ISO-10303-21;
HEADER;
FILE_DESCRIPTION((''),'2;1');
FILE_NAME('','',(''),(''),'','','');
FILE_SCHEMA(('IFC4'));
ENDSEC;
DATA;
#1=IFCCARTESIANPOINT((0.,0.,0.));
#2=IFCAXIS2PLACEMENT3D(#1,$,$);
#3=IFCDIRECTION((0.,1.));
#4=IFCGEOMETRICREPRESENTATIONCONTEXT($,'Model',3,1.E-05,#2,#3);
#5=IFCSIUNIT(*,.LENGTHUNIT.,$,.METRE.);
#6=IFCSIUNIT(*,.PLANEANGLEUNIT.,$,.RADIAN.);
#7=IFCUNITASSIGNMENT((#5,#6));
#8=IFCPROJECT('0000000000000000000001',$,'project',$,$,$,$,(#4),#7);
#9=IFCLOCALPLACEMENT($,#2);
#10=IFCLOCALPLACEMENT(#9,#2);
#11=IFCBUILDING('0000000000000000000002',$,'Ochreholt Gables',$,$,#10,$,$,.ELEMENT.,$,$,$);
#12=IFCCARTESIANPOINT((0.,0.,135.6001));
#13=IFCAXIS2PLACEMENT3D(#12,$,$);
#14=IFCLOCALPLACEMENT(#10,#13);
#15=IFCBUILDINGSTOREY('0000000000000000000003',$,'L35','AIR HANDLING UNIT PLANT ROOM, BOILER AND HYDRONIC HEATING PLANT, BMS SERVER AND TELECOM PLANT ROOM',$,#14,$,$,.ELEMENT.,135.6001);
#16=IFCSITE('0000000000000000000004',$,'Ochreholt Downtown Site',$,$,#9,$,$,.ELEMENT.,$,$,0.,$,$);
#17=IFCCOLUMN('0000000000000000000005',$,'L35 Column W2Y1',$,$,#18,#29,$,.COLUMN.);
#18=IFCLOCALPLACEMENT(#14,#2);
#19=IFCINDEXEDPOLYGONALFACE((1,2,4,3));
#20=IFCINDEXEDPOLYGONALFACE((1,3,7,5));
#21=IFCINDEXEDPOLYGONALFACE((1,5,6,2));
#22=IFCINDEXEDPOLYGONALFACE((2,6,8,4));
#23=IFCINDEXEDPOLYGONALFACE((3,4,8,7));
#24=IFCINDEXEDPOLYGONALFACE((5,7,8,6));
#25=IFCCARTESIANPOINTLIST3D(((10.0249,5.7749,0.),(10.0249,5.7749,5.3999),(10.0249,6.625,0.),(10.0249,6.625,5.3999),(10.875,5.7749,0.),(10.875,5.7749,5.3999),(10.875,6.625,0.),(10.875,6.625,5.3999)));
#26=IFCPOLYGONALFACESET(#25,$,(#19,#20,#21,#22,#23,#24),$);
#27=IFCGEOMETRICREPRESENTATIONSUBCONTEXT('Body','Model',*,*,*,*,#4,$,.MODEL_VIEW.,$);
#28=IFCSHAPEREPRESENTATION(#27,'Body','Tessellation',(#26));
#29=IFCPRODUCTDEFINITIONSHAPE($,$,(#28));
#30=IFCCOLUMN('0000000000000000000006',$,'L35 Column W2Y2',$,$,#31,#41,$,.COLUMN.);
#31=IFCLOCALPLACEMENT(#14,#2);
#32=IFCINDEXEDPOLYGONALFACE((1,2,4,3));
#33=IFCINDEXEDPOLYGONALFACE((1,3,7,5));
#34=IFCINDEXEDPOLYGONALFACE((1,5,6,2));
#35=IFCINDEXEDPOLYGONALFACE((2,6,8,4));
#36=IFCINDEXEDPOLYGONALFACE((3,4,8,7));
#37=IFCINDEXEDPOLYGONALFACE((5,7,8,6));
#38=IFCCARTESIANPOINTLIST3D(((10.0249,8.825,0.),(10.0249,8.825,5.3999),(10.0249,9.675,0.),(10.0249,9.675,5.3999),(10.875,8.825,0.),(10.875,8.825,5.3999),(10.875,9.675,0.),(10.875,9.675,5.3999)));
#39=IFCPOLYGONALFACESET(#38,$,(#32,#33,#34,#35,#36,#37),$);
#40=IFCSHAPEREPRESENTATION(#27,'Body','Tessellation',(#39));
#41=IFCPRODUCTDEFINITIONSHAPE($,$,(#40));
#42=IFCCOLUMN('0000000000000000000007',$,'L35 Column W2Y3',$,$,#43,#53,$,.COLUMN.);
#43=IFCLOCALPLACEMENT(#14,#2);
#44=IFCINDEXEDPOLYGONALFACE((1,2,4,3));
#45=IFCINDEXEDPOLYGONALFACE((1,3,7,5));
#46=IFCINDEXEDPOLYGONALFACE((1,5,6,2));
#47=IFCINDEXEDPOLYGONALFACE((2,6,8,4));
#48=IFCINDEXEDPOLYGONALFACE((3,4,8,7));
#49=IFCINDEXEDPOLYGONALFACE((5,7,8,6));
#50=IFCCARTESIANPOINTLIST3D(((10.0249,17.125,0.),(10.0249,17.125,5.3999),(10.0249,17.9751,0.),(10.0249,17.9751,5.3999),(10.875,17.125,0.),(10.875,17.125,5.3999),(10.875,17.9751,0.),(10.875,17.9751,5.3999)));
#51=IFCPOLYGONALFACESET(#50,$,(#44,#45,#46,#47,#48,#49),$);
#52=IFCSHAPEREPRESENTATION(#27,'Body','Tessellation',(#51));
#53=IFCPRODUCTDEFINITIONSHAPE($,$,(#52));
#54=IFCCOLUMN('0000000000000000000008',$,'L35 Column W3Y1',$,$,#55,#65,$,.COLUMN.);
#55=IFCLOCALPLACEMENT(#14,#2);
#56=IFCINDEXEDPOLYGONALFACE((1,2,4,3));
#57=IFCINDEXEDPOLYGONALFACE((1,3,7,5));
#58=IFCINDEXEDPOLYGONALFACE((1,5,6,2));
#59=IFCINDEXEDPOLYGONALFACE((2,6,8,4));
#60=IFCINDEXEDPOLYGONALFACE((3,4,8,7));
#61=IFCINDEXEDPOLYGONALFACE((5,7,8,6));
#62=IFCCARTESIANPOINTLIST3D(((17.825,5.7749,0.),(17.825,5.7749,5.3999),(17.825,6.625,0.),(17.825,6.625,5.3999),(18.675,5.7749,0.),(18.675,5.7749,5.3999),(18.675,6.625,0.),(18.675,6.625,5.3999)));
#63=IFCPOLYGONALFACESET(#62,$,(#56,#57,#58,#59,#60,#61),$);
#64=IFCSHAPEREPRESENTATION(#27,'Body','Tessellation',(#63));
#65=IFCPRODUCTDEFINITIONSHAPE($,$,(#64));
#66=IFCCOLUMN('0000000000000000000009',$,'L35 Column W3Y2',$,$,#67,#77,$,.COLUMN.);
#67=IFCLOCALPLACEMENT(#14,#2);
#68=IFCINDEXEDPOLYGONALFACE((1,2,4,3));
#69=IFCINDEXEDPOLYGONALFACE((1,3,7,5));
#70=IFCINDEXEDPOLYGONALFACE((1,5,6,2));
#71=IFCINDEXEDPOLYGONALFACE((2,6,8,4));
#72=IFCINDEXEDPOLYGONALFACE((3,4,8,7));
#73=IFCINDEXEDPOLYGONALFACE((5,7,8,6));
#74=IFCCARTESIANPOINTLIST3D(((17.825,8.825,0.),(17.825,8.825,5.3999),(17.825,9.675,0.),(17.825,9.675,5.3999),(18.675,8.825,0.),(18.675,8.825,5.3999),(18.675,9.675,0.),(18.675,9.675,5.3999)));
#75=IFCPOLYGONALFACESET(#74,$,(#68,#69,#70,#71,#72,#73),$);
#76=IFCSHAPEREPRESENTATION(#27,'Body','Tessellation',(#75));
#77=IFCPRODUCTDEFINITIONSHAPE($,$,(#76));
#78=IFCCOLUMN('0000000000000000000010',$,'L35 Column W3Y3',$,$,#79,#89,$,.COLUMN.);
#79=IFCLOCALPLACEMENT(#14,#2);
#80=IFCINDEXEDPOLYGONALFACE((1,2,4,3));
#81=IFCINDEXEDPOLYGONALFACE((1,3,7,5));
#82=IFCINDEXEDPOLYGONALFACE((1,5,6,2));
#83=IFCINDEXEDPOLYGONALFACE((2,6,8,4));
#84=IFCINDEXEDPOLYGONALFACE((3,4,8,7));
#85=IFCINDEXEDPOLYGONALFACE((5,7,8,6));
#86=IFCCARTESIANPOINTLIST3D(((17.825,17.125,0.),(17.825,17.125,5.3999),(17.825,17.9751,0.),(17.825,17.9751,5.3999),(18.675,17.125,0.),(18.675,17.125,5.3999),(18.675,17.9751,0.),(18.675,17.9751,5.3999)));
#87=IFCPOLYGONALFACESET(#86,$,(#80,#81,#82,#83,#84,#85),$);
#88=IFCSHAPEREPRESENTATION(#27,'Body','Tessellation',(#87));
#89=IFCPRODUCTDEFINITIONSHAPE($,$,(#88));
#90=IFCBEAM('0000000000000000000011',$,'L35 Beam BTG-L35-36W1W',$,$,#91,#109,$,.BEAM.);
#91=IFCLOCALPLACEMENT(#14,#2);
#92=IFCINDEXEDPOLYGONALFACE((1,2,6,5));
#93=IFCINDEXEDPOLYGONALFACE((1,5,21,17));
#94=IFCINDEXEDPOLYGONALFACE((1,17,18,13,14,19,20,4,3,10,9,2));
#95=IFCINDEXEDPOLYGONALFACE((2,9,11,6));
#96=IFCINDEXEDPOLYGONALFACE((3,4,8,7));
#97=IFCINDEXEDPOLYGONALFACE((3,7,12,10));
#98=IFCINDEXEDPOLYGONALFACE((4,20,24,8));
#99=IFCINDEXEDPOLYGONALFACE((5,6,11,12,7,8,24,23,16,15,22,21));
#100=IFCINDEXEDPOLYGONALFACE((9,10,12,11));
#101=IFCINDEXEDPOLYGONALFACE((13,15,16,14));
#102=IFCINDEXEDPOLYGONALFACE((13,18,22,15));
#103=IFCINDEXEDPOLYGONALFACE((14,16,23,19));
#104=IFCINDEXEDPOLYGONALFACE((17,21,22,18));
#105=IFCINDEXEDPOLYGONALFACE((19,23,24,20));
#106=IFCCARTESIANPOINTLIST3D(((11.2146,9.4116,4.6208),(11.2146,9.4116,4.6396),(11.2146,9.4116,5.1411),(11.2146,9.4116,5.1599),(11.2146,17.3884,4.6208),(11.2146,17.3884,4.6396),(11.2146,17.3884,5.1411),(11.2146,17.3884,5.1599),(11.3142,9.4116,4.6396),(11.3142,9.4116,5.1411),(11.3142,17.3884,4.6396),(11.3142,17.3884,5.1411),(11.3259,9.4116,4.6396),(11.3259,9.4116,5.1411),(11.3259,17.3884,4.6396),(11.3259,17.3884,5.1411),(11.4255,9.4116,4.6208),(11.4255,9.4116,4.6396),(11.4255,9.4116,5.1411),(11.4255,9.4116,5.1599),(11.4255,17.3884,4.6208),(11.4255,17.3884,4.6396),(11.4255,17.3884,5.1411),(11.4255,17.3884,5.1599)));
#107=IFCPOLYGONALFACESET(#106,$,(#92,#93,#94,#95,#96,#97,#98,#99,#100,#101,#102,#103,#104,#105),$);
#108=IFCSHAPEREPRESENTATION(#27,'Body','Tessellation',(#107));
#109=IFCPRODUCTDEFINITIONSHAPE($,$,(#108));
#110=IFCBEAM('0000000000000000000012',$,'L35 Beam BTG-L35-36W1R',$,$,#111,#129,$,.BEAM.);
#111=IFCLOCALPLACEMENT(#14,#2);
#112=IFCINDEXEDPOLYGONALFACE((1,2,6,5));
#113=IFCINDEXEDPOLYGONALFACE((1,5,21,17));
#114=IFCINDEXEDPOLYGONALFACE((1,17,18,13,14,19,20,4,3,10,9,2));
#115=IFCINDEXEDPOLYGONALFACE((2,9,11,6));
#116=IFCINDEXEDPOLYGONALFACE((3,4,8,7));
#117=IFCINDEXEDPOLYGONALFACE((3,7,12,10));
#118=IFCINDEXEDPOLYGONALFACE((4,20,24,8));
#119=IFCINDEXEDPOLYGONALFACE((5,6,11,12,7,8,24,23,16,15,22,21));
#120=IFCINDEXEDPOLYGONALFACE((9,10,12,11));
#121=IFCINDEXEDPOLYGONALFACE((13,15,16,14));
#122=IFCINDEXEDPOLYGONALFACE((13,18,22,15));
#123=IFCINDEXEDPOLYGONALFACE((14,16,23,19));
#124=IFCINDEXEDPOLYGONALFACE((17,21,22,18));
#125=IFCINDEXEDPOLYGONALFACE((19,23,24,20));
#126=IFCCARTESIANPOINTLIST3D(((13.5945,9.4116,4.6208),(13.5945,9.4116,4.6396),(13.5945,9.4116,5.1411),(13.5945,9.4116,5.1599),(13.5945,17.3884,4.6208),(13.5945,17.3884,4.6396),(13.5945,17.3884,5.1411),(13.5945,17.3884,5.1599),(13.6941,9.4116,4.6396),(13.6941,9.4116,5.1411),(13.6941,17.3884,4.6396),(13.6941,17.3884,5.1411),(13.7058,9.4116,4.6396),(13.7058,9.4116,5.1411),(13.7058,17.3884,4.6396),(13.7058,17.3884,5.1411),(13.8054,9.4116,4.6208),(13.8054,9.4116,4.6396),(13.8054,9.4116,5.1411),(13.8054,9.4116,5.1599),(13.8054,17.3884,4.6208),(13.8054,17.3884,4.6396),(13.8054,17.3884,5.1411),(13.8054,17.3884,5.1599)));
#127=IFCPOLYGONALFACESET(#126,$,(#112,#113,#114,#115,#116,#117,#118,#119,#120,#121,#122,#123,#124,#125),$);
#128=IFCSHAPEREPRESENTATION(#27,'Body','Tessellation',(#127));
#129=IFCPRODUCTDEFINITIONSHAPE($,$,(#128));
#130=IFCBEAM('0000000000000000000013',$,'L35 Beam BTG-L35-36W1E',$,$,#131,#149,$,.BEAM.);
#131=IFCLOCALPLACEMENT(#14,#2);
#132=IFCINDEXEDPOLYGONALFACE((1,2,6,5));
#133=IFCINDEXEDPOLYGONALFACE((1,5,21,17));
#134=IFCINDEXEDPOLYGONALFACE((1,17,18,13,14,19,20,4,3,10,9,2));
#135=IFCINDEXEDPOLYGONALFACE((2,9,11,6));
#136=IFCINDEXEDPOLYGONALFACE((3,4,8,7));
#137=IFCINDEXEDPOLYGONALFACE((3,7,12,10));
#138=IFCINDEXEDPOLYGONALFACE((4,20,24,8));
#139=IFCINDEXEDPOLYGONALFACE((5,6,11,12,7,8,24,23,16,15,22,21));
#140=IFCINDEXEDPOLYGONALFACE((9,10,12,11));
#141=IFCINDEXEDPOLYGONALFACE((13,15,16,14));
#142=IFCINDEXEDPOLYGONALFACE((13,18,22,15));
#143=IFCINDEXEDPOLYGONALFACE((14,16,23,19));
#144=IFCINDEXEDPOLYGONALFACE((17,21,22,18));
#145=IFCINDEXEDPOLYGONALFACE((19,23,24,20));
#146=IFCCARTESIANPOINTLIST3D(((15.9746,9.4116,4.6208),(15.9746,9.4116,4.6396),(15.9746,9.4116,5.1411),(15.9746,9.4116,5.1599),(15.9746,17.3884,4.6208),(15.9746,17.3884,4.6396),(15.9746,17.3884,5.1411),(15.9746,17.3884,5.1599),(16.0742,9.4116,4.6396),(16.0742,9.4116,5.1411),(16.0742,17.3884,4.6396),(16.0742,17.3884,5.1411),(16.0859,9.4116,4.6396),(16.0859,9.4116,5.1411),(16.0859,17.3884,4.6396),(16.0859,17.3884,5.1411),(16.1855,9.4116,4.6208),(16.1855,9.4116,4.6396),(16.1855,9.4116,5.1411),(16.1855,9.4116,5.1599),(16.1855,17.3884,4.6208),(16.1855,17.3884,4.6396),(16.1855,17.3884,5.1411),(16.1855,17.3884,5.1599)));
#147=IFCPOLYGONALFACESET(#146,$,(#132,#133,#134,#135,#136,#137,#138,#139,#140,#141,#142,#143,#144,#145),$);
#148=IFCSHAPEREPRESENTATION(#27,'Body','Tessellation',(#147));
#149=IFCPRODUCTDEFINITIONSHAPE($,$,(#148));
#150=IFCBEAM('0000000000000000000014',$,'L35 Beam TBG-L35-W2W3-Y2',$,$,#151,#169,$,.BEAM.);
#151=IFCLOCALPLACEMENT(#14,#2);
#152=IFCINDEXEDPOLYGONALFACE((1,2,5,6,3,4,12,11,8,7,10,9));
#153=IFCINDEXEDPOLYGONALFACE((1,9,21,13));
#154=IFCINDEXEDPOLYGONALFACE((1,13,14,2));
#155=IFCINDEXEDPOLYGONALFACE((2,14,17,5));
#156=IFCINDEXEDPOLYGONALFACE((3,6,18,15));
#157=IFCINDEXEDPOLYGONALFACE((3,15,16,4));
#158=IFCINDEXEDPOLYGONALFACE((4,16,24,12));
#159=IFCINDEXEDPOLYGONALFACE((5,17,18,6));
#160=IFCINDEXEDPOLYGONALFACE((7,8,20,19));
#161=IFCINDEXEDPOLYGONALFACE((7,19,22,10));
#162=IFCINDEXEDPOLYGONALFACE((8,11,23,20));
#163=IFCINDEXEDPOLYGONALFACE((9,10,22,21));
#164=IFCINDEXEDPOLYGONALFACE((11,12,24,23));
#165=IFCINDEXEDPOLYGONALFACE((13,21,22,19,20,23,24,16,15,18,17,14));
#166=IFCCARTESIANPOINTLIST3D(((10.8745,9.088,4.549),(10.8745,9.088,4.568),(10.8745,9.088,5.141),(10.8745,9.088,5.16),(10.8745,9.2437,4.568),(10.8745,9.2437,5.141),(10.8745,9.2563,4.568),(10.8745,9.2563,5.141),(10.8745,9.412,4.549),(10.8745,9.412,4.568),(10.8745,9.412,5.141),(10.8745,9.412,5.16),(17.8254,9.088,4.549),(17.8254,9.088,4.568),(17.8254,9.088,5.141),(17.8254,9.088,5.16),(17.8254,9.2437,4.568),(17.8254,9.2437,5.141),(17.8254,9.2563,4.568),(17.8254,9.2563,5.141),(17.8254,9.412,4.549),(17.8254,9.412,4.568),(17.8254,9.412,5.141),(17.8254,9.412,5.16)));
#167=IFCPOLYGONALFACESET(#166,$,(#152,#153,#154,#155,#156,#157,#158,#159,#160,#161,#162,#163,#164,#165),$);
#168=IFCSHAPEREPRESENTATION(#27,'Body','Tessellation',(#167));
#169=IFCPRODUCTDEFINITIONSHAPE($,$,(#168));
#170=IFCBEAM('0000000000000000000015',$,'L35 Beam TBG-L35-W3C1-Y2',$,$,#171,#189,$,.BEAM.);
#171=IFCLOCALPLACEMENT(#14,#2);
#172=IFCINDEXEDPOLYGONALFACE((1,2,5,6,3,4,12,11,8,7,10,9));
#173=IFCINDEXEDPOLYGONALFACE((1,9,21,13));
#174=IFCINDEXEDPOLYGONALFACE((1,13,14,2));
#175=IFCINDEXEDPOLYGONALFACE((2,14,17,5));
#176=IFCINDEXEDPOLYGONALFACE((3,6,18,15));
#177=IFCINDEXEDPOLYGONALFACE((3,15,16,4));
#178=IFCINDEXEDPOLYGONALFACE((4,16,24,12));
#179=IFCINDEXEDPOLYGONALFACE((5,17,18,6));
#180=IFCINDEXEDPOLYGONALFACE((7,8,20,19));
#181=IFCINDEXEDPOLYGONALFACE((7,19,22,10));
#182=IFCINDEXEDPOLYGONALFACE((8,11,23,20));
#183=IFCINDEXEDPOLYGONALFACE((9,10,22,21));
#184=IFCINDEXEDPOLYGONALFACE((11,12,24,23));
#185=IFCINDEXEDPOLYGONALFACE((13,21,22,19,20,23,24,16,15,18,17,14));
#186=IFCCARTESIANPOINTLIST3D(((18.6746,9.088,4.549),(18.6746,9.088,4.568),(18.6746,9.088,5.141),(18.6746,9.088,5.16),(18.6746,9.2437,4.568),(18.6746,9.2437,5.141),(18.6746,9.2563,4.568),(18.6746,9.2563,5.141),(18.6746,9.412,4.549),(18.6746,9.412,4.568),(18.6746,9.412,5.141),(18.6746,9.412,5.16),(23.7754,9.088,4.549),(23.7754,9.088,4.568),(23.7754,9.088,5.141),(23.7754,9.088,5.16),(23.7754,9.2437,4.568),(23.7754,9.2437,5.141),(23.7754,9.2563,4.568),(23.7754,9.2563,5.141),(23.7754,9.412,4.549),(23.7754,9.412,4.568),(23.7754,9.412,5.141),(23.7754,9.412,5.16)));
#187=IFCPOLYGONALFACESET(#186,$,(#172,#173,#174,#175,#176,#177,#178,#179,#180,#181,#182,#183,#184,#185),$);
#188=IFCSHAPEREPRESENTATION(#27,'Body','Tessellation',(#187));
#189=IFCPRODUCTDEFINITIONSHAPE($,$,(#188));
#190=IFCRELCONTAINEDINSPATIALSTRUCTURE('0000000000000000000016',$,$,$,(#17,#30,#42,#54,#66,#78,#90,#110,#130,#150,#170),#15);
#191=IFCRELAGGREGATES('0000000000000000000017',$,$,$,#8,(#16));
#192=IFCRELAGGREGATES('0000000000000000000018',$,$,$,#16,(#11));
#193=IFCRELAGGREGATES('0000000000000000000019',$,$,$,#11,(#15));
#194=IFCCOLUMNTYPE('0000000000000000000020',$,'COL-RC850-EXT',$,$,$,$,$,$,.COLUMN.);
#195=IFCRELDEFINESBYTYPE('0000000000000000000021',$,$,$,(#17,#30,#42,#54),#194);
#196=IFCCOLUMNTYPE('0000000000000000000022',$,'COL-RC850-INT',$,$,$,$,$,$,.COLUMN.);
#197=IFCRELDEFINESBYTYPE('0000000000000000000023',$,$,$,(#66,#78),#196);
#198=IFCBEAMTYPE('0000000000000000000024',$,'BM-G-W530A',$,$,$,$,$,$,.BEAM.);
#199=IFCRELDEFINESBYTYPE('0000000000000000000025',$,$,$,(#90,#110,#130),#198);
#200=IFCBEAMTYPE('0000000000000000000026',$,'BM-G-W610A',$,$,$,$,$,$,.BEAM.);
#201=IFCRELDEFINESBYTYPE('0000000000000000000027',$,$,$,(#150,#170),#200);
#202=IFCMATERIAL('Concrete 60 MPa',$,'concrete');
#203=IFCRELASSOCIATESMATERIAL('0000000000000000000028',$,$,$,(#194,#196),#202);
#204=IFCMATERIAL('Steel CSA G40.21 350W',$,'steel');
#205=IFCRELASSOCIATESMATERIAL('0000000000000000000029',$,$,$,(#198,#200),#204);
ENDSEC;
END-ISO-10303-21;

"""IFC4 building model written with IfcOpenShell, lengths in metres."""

from ifc_helpers import new_model, si_unit, direction, frame, origin, origin_2d, place, context, subcontext, project, spatial, rectangle, i_section, extrude, material, material_profile, profile_set, type_object, element, save


model = new_model("IFC4")

# Units and contexts
model_context = context("Model", 3, precision=1e-05, world=origin(), true_north=direction((0.0, 1.0)))
body_context = subcontext(model_context, "Body", "Model", "MODEL_VIEW")
ifc_project = project(units=[si_unit("LENGTHUNIT", "METRE"), si_unit("PLANEANGLEUNIT", "RADIAN")], contexts=[model_context])

# Site, building, storey
site_placement = place(None, origin())
site = spatial("IfcSite", under=ifc_project, at=site_placement, Name="Ochreholt Downtown Site", CompositionType="ELEMENT", RefElevation=0.0)
building_placement = place(site_placement, origin())
building = spatial("IfcBuilding", under=site, at=building_placement, Name="Ochreholt Gables", CompositionType="ELEMENT")
storey_placement = place(building_placement, frame((0.0, 0.0, 135.6001)))
storey = spatial("IfcBuildingStorey", under=building, at=storey_placement, Name="L35", Description="AIR HANDLING UNIT PLANT ROOM, BOILER AND HYDRONIC HEATING PLANT, BMS SERVER AND TELECOM PLANT ROOM", CompositionType="ELEMENT", Elevation=135.6001)

# Columns
ifc_material_1 = material(Name="Concrete 60 MPa", Category="concrete")
ifc_material_profile_1 = material_profile(ifc_material_1, rectangle(XDim=0.8501, YDim=0.8501, at=origin_2d()), Name="RC850X850")
ifc_profile_set_1 = profile_set([ifc_material_profile_1], Name="Concrete 60 MPa")
column_type_1 = type_object("IfcColumnType", Name="COL-RC850-EXT", PredefinedType="COLUMN", material=ifc_profile_set_1)
for number, where, z_axis, x_axis, name in (
    (1, (10.45, 6.2, 0.0), (0.0, 0.0, 1.0), (1.0, 0.0, 0.0), "L35 Column W2Y1"),
    (2, (10.45, 9.25, 0.0), (0.0, 0.0, 1.0), (1.0, 0.0, 0.0), "L35 Column W2Y2"),
    (3, (10.45, 17.55, 0.0), (0.0, 0.0, 1.0), (1.0, 0.0, 0.0), "L35 Column W2Y3"),
    (4, (18.25, 6.2, 0.0), (0.0, 0.0, 1.0), (1.0, 0.0, 0.0), "L35 Column W3Y1"),
):
    element("IfcColumn", number, at=place(storey_placement, frame(where, z_axis=z_axis, x_axis=x_axis)), inside=storey, type_object=column_type_1, Name=name, PredefinedType="COLUMN", context=body_context, shape_type="SweptSolid", body=[
        extrude(rectangle(XDim=0.8501, YDim=0.8501, at=origin_2d()), origin(), (0.0, 0.0, 1.0), 5.3999),
    ])
ifc_material_profile_2 = material_profile(ifc_material_1, rectangle(XDim=0.8501, YDim=0.8501, at=origin_2d()), Name="RC850X850")
ifc_profile_set_2 = profile_set([ifc_material_profile_2], Name="Concrete 60 MPa")
column_type_2 = type_object("IfcColumnType", Name="COL-RC850-INT", PredefinedType="COLUMN", material=ifc_profile_set_2)
for number, where, z_axis, x_axis, name in (
    (5, (18.25, 9.25, 0.0), (0.0, 0.0, 1.0), (1.0, 0.0, 0.0), "L35 Column W3Y2"),
    (6, (18.25, 17.55, 0.0), (0.0, 0.0, 1.0), (1.0, 0.0, 0.0), "L35 Column W3Y3"),
):
    element("IfcColumn", number, at=place(storey_placement, frame(where, z_axis=z_axis, x_axis=x_axis)), inside=storey, type_object=column_type_2, Name=name, PredefinedType="COLUMN", context=body_context, shape_type="SweptSolid", body=[
        extrude(rectangle(XDim=0.8501, YDim=0.8501, at=origin_2d()), origin(), (0.0, 0.0, 1.0), 5.3999),
    ])

# Beams
ifc_material_2 = material(Name="Steel CSA G40.21 350W", Category="steel")
ifc_material_profile_3 = material_profile(ifc_material_2, i_section(OverallWidth=0.2109, OverallDepth=0.5391, WebThickness=0.0117, FlangeThickness=0.0188, at=origin_2d()), Name="W530X109")
ifc_profile_set_3 = profile_set([ifc_material_profile_3], Name="Steel CSA G40.21 350W")
beam_type_1 = type_object("IfcBeamType", Name="BM-G-W530A", PredefinedType="BEAM", material=ifc_profile_set_3)
for number, where, z_axis, x_axis, name in (
    (7, (11.3201, 9.4116, 4.8904), (0.0, 1.0, 0.0), (-1.0, 0.0, 0.0), "L35 Beam BTG-L35-36W1W"),
    (8, (13.7, 9.4116, 4.8904), (0.0, 1.0, 0.0), (-1.0, 0.0, 0.0), "L35 Beam BTG-L35-36W1R"),
    (9, (16.0801, 9.4116, 4.8904), (0.0, 1.0, 0.0), (-1.0, 0.0, 0.0), "L35 Beam BTG-L35-36W1E"),
):
    element("IfcBeam", number, at=place(storey_placement, frame(where, z_axis=z_axis, x_axis=x_axis)), inside=storey, type_object=beam_type_1, Name=name, PredefinedType="BEAM", context=body_context, shape_type="SweptSolid", body=[
        extrude(i_section(OverallWidth=0.2109, OverallDepth=0.5391, WebThickness=0.0117, FlangeThickness=0.0188, at=origin_2d()), origin(), (0.0, 0.0, 1.0), 7.9768),
    ])
ifc_material_profile_4 = material_profile(ifc_material_2, i_section(OverallWidth=0.324, OverallDepth=0.6111, WebThickness=0.0127, FlangeThickness=0.019, at=origin_2d()), Name="W610X155")
ifc_profile_set_4 = profile_set([ifc_material_profile_4], Name="Steel CSA G40.21 350W")
beam_type_2 = type_object("IfcBeamType", Name="BM-G-W610A", PredefinedType="BEAM", material=ifc_profile_set_4)
beam_1_placement = place(storey_placement, frame((10.8745, 9.25, 4.8545), z_axis=(1.0, 0.0, 0.0), x_axis=(0.0, 1.0, 0.0)))
element("IfcBeam", 10, at=beam_1_placement, inside=storey, type_object=beam_type_2, Name="L35 Beam TBG-L35-W2W3-Y2", PredefinedType="BEAM", context=body_context, shape_type="SweptSolid", body=[
    extrude(i_section(OverallWidth=0.324, OverallDepth=0.6111, WebThickness=0.0127, FlangeThickness=0.019, at=origin_2d()), origin(), (0.0, 0.0, 1.0), 6.9509),
])
beam_2_placement = place(storey_placement, frame((18.6746, 9.25, 4.8545), z_axis=(1.0, 0.0, 0.0), x_axis=(0.0, 1.0, 0.0)))
element("IfcBeam", 11, at=beam_2_placement, inside=storey, type_object=beam_type_2, Name="L35 Beam TBG-L35-W3C1-Y2", PredefinedType="BEAM", context=body_context, shape_type="SweptSolid", body=[
    extrude(i_section(OverallWidth=0.324, OverallDepth=0.6111, WebThickness=0.0127, FlangeThickness=0.019, at=origin_2d()), origin(), (0.0, 0.0, 1.0), 5.1008),
])

save(model, "model.ifc")
